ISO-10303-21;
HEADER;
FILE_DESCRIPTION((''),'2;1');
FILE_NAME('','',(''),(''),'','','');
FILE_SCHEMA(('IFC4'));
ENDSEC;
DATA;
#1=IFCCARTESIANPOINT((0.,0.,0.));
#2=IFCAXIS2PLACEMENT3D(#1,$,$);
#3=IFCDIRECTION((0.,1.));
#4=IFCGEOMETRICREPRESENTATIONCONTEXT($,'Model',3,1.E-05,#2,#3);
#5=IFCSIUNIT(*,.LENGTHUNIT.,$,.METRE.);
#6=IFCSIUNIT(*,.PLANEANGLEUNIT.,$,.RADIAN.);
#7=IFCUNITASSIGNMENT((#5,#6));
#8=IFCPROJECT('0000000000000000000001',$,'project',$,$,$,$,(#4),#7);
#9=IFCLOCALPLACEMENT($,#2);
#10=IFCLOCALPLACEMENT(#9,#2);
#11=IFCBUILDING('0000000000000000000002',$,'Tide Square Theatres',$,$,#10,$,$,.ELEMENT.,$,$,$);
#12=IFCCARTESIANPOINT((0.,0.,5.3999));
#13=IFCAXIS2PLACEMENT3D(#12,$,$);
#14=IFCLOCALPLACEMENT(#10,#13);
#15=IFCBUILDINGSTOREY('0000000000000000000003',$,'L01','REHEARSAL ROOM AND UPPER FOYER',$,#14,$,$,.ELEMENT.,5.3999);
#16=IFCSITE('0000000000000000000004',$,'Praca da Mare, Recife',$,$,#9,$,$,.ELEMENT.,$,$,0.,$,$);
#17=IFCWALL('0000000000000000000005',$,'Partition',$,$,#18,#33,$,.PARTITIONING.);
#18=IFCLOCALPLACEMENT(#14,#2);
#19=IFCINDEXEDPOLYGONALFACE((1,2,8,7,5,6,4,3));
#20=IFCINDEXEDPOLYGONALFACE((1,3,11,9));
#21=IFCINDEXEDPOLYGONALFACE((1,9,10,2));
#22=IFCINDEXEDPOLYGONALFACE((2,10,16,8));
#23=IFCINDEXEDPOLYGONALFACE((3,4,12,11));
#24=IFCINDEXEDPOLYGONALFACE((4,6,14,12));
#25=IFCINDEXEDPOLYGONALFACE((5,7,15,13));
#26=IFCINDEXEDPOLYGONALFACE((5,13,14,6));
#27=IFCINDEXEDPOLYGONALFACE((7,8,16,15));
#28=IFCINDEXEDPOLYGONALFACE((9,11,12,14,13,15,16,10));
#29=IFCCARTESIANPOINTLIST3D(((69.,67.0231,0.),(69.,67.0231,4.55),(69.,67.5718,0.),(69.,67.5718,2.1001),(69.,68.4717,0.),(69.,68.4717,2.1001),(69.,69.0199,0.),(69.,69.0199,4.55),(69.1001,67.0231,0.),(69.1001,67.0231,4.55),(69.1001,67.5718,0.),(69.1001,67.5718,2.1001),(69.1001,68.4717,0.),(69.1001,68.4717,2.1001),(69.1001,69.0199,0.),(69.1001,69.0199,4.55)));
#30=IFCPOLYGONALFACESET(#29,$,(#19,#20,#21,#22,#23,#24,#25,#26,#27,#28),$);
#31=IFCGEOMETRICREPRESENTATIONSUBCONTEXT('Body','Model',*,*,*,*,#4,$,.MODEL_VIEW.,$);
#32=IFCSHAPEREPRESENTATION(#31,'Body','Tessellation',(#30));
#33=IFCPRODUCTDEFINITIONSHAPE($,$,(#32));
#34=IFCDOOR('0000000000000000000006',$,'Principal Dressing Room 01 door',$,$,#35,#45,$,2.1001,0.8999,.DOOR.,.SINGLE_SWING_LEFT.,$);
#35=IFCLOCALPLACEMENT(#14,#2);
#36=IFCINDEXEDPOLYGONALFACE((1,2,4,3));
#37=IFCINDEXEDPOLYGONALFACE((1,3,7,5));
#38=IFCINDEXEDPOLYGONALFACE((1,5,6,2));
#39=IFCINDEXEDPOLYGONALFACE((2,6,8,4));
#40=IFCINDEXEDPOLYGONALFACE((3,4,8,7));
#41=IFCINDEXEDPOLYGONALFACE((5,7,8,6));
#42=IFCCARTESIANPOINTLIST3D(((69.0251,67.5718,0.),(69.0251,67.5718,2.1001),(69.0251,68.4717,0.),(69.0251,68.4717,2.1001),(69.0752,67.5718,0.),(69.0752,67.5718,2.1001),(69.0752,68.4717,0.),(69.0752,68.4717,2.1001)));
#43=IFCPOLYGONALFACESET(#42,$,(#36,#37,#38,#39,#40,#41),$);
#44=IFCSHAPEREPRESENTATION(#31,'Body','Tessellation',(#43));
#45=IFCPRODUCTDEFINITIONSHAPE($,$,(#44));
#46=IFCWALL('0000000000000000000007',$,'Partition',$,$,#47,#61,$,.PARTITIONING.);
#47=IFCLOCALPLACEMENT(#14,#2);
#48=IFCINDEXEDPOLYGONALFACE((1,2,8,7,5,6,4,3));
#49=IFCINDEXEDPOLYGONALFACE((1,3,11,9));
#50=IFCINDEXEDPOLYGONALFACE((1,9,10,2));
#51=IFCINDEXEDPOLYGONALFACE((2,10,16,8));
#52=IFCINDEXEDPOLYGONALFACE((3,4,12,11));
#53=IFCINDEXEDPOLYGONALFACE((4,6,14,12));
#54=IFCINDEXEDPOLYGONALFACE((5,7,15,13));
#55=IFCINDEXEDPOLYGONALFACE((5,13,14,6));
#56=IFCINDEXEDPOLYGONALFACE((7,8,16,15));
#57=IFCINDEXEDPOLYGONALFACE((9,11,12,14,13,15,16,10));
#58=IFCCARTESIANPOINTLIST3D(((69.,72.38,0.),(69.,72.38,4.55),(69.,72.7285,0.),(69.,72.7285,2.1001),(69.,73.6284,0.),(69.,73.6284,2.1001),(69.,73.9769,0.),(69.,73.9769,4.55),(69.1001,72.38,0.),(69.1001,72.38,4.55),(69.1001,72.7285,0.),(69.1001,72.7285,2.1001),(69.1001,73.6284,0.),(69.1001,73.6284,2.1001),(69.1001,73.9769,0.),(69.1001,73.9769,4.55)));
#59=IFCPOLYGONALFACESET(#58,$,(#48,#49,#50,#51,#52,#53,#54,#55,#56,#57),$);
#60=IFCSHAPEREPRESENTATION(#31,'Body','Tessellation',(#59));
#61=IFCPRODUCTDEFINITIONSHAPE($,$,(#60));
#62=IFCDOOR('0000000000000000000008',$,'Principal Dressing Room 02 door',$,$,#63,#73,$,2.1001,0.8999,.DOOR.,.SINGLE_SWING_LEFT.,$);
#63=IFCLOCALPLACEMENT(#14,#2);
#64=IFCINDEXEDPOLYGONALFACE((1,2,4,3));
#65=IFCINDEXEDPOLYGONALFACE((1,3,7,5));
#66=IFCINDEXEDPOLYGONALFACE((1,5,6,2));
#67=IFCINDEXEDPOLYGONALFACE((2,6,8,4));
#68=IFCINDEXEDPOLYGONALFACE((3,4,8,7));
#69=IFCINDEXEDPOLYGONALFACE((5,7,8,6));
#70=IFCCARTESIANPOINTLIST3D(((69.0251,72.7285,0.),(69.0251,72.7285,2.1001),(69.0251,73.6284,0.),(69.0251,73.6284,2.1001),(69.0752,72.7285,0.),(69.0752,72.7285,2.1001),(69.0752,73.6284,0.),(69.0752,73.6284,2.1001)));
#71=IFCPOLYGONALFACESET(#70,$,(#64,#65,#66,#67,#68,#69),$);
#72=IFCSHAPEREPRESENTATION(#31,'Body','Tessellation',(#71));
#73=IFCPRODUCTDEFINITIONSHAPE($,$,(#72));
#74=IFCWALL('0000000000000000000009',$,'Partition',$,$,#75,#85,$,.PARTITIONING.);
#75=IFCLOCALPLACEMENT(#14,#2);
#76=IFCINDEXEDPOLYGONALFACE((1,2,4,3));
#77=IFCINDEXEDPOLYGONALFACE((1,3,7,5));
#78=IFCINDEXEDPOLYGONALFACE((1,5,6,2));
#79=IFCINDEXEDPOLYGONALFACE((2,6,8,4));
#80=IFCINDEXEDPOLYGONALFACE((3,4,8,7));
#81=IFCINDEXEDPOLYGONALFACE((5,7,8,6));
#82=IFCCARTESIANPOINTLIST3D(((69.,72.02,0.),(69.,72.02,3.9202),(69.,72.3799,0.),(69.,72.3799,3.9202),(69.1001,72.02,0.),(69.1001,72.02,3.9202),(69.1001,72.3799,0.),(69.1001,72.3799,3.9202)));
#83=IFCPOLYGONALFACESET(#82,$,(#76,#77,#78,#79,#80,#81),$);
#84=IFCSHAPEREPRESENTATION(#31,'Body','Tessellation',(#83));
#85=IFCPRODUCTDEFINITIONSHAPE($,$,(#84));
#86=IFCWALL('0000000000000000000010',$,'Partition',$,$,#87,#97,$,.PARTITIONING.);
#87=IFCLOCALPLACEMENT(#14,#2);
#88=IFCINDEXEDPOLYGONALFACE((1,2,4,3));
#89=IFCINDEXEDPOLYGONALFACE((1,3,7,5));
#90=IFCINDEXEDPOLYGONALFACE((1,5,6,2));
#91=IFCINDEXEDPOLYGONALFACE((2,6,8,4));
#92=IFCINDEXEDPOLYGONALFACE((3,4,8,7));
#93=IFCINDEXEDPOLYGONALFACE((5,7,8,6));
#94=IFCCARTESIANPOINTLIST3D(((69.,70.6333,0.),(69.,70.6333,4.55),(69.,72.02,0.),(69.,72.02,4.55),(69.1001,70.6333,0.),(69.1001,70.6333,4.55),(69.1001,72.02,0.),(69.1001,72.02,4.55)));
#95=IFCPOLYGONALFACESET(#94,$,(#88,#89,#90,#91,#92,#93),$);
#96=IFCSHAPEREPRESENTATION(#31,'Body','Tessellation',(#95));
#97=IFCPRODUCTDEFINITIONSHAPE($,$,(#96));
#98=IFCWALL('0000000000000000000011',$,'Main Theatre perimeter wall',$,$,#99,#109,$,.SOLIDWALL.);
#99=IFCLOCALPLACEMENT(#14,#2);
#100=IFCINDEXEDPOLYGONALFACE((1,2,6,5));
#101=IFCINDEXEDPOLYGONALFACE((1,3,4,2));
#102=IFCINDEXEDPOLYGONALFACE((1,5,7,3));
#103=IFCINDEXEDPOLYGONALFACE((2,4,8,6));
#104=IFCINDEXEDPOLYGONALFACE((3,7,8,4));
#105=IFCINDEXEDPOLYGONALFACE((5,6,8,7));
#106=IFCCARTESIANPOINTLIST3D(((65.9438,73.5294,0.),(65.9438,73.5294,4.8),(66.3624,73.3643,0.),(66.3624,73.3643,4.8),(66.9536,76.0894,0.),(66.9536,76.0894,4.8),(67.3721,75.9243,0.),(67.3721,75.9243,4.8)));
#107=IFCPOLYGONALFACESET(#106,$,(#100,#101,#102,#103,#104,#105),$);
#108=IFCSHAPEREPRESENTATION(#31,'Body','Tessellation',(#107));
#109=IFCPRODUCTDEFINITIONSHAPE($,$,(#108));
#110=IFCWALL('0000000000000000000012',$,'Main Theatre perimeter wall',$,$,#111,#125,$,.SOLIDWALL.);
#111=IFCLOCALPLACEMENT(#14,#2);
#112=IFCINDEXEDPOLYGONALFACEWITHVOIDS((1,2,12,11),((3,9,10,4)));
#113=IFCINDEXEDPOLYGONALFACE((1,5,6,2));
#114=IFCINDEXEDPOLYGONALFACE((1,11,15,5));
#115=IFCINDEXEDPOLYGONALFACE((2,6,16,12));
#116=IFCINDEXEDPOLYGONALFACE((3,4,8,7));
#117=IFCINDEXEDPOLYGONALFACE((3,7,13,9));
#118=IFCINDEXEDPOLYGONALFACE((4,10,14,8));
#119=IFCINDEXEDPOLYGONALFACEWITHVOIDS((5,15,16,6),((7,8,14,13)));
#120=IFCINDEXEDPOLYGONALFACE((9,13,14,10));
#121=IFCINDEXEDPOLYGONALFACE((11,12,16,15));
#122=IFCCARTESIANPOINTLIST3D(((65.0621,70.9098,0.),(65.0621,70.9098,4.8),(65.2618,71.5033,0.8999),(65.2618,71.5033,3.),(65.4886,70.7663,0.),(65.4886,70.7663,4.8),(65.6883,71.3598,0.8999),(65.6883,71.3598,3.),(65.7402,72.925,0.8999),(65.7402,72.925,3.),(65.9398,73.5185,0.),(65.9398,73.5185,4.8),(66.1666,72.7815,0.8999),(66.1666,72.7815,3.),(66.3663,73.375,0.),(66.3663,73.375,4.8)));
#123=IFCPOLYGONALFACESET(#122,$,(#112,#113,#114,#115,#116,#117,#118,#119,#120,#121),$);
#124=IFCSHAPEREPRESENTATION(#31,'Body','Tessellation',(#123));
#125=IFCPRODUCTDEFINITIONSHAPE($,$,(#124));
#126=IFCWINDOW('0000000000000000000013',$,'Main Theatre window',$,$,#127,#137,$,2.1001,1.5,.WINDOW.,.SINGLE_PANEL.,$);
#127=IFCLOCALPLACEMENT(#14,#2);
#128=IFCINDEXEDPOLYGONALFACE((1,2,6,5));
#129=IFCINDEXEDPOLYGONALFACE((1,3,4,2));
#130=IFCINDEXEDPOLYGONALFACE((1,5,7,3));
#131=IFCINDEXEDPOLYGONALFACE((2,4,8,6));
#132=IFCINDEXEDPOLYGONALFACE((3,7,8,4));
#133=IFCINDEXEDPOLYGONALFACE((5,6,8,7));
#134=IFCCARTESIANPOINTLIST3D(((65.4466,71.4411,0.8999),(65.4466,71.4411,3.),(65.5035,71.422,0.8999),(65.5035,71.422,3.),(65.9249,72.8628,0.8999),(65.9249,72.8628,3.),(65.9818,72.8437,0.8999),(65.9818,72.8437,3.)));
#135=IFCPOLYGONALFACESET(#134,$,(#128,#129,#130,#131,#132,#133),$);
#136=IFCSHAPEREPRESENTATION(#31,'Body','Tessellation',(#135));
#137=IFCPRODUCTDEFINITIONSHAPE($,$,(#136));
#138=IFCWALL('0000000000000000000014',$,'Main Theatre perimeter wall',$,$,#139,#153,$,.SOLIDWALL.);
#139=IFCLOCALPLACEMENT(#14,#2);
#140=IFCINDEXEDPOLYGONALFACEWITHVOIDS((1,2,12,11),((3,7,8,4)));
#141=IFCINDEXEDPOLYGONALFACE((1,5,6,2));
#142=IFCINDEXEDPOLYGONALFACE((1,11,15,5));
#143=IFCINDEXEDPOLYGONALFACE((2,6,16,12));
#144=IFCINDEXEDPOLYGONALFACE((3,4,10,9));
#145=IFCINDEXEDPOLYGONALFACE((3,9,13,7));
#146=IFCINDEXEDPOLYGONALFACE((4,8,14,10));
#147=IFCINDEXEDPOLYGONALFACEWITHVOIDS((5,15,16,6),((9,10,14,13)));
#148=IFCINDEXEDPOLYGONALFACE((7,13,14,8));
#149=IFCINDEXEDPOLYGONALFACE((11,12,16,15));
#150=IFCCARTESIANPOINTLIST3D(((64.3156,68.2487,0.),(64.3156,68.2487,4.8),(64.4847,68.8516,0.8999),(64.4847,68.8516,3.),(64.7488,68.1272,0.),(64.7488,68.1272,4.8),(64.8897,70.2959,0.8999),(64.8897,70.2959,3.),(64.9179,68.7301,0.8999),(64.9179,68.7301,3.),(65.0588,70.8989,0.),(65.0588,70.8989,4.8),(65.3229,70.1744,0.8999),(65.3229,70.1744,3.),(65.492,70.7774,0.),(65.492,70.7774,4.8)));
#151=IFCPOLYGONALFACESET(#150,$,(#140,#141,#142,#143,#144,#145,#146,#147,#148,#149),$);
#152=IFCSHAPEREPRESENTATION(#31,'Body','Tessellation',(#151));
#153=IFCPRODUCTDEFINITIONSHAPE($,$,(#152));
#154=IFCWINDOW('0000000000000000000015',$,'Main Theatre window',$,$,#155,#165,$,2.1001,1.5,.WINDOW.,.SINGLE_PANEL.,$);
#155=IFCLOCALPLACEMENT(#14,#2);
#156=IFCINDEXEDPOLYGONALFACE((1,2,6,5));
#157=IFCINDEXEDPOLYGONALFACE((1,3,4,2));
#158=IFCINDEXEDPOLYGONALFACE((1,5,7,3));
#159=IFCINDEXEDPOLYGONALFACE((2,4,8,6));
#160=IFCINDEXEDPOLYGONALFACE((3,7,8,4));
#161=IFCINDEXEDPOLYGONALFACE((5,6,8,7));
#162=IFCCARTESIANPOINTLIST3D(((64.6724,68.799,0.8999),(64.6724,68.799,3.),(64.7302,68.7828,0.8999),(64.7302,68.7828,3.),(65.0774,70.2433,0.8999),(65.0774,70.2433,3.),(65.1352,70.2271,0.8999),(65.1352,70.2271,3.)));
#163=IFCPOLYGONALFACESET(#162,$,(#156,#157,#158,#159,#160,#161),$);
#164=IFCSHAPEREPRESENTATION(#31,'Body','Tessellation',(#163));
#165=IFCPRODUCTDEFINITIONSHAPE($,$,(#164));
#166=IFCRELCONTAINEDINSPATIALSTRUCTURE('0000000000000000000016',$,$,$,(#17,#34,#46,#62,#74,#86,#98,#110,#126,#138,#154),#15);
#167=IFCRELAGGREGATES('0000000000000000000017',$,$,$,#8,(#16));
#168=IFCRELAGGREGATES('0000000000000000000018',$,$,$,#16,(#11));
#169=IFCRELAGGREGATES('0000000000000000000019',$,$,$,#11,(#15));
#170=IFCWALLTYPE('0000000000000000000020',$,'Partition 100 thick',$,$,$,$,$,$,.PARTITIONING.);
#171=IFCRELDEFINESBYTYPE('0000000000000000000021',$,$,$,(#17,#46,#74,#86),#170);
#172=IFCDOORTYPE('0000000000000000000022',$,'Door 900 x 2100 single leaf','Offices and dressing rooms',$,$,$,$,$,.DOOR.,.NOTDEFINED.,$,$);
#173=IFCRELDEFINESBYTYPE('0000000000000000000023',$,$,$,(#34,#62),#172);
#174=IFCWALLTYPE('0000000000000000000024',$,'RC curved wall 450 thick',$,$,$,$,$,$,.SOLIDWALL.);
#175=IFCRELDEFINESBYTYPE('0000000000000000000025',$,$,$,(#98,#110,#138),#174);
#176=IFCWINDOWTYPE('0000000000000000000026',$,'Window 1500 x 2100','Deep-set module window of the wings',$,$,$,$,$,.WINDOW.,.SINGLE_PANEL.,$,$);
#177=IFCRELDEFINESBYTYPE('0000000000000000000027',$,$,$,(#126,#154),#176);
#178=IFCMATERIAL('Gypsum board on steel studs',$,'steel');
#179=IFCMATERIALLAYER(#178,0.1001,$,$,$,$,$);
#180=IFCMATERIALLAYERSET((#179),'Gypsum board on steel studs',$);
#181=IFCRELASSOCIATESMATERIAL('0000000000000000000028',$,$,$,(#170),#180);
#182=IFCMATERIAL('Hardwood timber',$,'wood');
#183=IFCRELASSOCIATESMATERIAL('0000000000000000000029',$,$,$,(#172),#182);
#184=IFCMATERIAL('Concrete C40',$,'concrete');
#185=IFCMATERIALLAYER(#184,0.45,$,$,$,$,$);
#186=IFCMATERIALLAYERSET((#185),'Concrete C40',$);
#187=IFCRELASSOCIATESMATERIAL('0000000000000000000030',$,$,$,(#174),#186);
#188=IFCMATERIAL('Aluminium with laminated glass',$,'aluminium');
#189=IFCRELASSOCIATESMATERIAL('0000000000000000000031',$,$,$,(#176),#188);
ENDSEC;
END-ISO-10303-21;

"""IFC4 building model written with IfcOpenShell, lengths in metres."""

from ifc_helpers import new_model, si_unit, direction, frame, frame_2d, origin, place, context, subcontext, project, spatial, rectangle, extrude, material, layer, layer_set, type_object, element, fill, save


model = new_model("IFC4")

# Units and contexts
model_context = context("Model", 3, precision=1e-05, world=origin(), true_north=direction((0.0, 1.0)))
body_context = subcontext(model_context, "Body", "Model", "MODEL_VIEW")
ifc_project = project(units=[si_unit("LENGTHUNIT", "METRE"), si_unit("PLANEANGLEUNIT", "RADIAN")], contexts=[model_context])

# Site, building, storey
site_placement = place(None, origin())
site = spatial("IfcSite", under=ifc_project, at=site_placement, Name="Praca da Mare, Recife", CompositionType="ELEMENT", RefElevation=0.0)
building_placement = place(site_placement, origin())
building = spatial("IfcBuilding", under=site, at=building_placement, Name="Tide Square Theatres", CompositionType="ELEMENT")
storey_placement = place(building_placement, frame((0.0, 0.0, 5.3999)))
storey = spatial("IfcBuildingStorey", under=building, at=storey_placement, Name="L01", Description="REHEARSAL ROOM AND UPPER FOYER", CompositionType="ELEMENT", Elevation=5.3999)

# Shared definitions
ifc_material_1 = material(Name="Gypsum board on steel studs", Category="steel")
ifc_layer_1 = layer(ifc_material_1, 0.1001)
ifc_layer_set_1 = layer_set([ifc_layer_1], Name="Gypsum board on steel studs")
wall_type_1 = type_object("IfcWallType", Name="Partition 100 thick", PredefinedType="PARTITIONING", material=ifc_layer_set_1)

# Shared definitions
ifc_material_2 = material(Name="Hardwood timber", Category="wood")
door_type = type_object("IfcDoorType", Name="Door 900 x 2100 single leaf", Description="Offices and dressing rooms", OperationType="NOTDEFINED", PredefinedType="DOOR", material=ifc_material_2)

# Walls, openings, doors
wall_1_placement = place(storey_placement, frame((69.05, 69.02, 0.0), z_axis=(0.0, 0.0, 1.0), x_axis=(0.0, -1.0, 0.0)))
wall_1 = element("IfcWall", 1, at=wall_1_placement, inside=storey, type_object=wall_type_1, Name="Partition", PredefinedType="PARTITIONING", context=body_context, shape_type="SweptSolid", body=[
    extrude(rectangle(XDim=1.9968, YDim=0.1001, at=frame_2d((0.9985, 0.0))), origin(), (0.0, 0.0, 1.0), 4.55),
])
opening_1_placement = place(wall_1_placement, frame((0.5483, 0.0, 0.0)))
opening_1 = element("IfcOpeningElement", 2, at=opening_1_placement, cuts=wall_1, PredefinedType="OPENING", context=body_context, shape_type="SweptSolid", body=[
    extrude(rectangle(XDim=0.8999, YDim=2.1001, at=frame_2d((0.45, 1.05))), frame((0.0, 0.0601, 0.0), z_axis=(0.0, -1.0, 0.0), x_axis=(1.0, 0.0, 0.0)), (0.0, 0.0, 1.0), 0.1201),
])
door_1_placement = place(opening_1_placement, frame((0.8999, 0.0, 0.0), z_axis=(0.0, 0.0, 1.0), x_axis=(-1.0, 0.0, 0.0)))
door_1 = element("IfcDoor", 3, at=door_1_placement, inside=storey, type_object=door_type, Name="Principal Dressing Room 01 door", OperationType="SINGLE_SWING_LEFT", OverallHeight=2.1001, OverallWidth=0.8999, PredefinedType="DOOR", context=body_context, shape_type="SweptSolid", body=[
    extrude(rectangle(XDim=0.8999, YDim=2.1001, at=frame_2d((0.45, 1.05))), frame((0.0, 0.0249, 0.0), z_axis=(0.0, -1.0, 0.0), x_axis=(1.0, 0.0, 0.0)), (0.0, 0.0, 1.0), 0.05),
])
fill(opening_1, door_1)
wall_2_placement = place(storey_placement, frame((69.05, 73.9768, 0.0), z_axis=(0.0, 0.0, 1.0), x_axis=(0.0, -1.0, 0.0)))
wall_2 = element("IfcWall", 4, at=wall_2_placement, inside=storey, type_object=wall_type_1, Name="Partition", PredefinedType="PARTITIONING", context=body_context, shape_type="SweptSolid", body=[
    extrude(rectangle(XDim=1.5969, YDim=0.1001, at=frame_2d((0.7983, 0.0))), origin(), (0.0, 0.0, 1.0), 4.55),
])
opening_2_placement = place(wall_2_placement, frame((0.3484, 0.0, 0.0)))
opening_2 = element("IfcOpeningElement", 5, at=opening_2_placement, cuts=wall_2, PredefinedType="OPENING", context=body_context, shape_type="SweptSolid", body=[
    extrude(rectangle(XDim=0.8999, YDim=2.1001, at=frame_2d((0.45, 1.05))), frame((0.0, 0.0601, 0.0), z_axis=(0.0, -1.0, 0.0), x_axis=(1.0, 0.0, 0.0)), (0.0, 0.0, 1.0), 0.1201),
])
door_2_placement = place(opening_2_placement, frame((0.8999, 0.0, 0.0), z_axis=(0.0, 0.0, 1.0), x_axis=(-1.0, 0.0, 0.0)))
door_2 = element("IfcDoor", 6, at=door_2_placement, inside=storey, type_object=door_type, Name="Principal Dressing Room 02 door", OperationType="SINGLE_SWING_LEFT", OverallHeight=2.1001, OverallWidth=0.8999, PredefinedType="DOOR", context=body_context, shape_type="SweptSolid", body=[
    extrude(rectangle(XDim=0.8999, YDim=2.1001, at=frame_2d((0.45, 1.05))), frame((0.0, 0.0249, 0.0), z_axis=(0.0, -1.0, 0.0), x_axis=(1.0, 0.0, 0.0)), (0.0, 0.0, 1.0), 0.05),
])
fill(opening_2, door_2)

# Walls
wall_3_placement = place(storey_placement, frame((69.05, 72.3799, 0.0), z_axis=(0.0, 0.0, 1.0), x_axis=(0.0, -1.0, 0.0)))
element("IfcWall", 7, at=wall_3_placement, inside=storey, type_object=wall_type_1, Name="Partition", PredefinedType="PARTITIONING", context=body_context, shape_type="SweptSolid", body=[
    extrude(rectangle(XDim=0.3599, YDim=0.1001, at=frame_2d((0.1799, 0.0))), origin(), (0.0, 0.0, 1.0), 3.9202),
])
wall_4_placement = place(storey_placement, frame((69.05, 72.02, 0.0), z_axis=(0.0, 0.0, 1.0), x_axis=(0.0, -1.0, 0.0)))
element("IfcWall", 8, at=wall_4_placement, inside=storey, type_object=wall_type_1, Name="Partition", PredefinedType="PARTITIONING", context=body_context, shape_type="SweptSolid", body=[
    extrude(rectangle(XDim=1.3867, YDim=0.1001, at=frame_2d((0.6934, 0.0))), origin(), (0.0, 0.0, 1.0), 4.55),
])
ifc_material_3 = material(Name="Concrete C40", Category="concrete")
ifc_layer_2 = layer(ifc_material_3, 0.45)
ifc_layer_set_2 = layer_set([ifc_layer_2], Name="Concrete C40")
wall_type_2 = type_object("IfcWallType", Name="RC curved wall 450 thick", PredefinedType="SOLIDWALL", material=ifc_layer_set_2)
wall_5_placement = place(storey_placement, frame((67.1628, 76.0068, 0.0), z_axis=(0.0, 0.0, 1.0), x_axis=(-0.36692, -0.930252, 0.0)))
element("IfcWall", 9, at=wall_5_placement, inside=storey, type_object=wall_type_2, Name="Main Theatre perimeter wall", PredefinedType="SOLIDWALL", context=body_context, shape_type="SweptSolid", body=[
    extrude(rectangle(XDim=2.752, YDim=0.45, at=frame_2d((1.376, 0.0))), origin(), (0.0, 0.0, 1.0), 4.8),
])

# Walls, openings, windows
wall_6_placement = place(storey_placement, frame((66.1531, 73.4468, 0.0), z_axis=(0.0, 0.0, 1.0), x_axis=(-0.318888, -0.947793, 0.0)))
wall_6 = element("IfcWall", 10, at=wall_6_placement, inside=storey, type_object=wall_type_2, Name="Main Theatre perimeter wall", PredefinedType="SOLIDWALL", context=body_context, shape_type="SweptSolid", body=[
    extrude(rectangle(XDim=2.7524, YDim=0.45, at=frame_2d((1.3762, 0.0))), origin(), (0.0, 0.0, 1.0), 4.8),
])
opening_3_placement = place(wall_6_placement, frame((0.6262, 0.0, 0.8999)))
opening_3 = element("IfcOpeningElement", 11, at=opening_3_placement, cuts=wall_6, PredefinedType="OPENING", context=body_context, shape_type="SweptSolid", body=[
    extrude(rectangle(XDim=1.5, YDim=2.1001, at=frame_2d((0.75, 1.05))), frame((0.0, 0.2349, 0.0), z_axis=(0.0, -1.0, 0.0), x_axis=(1.0, 0.0, 0.0)), (0.0, 0.0, 1.0), 0.47),
])
ifc_material_4 = material(Name="Aluminium with laminated glass", Category="aluminium")
window_type = type_object("IfcWindowType", Name="Window 1500 x 2100", Description="Deep-set module window of the wings", PartitioningType="SINGLE_PANEL", PredefinedType="WINDOW", material=ifc_material_4)
window_1_placement = place(opening_3_placement, origin())
window_1 = element("IfcWindow", 12, at=window_1_placement, inside=storey, type_object=window_type, Name="Main Theatre window", OverallHeight=2.1001, OverallWidth=1.5, PartitioningType="SINGLE_PANEL", PredefinedType="WINDOW", context=body_context, shape_type="SweptSolid", body=[
    extrude(rectangle(XDim=1.5, YDim=2.1001, at=frame_2d((0.75, 1.05))), frame((0.0, 0.03, 0.0), z_axis=(0.0, -1.0, 0.0), x_axis=(1.0, 0.0, 0.0)), (0.0, 0.0, 1.0), 0.0601),
])
fill(opening_3, window_1)
wall_7_placement = place(storey_placement, frame((65.2754, 70.8381, 0.0), z_axis=(0.0, 0.0, 1.0), x_axis=(-0.270008, -0.962858, 0.0)))
wall_7 = element("IfcWall", 13, at=wall_7_placement, inside=storey, type_object=wall_type_2, Name="Main Theatre perimeter wall", PredefinedType="SOLIDWALL", context=body_context, shape_type="SweptSolid", body=[
    extrude(rectangle(XDim=2.7524, YDim=0.45, at=frame_2d((1.3762, 0.0))), origin(), (0.0, 0.0, 1.0), 4.8),
])
opening_4_placement = place(wall_7_placement, frame((0.6262, 0.0, 0.8999)))
opening_4 = element("IfcOpeningElement", 14, at=opening_4_placement, cuts=wall_7, PredefinedType="OPENING", context=body_context, shape_type="SweptSolid", body=[
    extrude(rectangle(XDim=1.5, YDim=2.1001, at=frame_2d((0.75, 1.05))), frame((0.0, 0.2349, 0.0), z_axis=(0.0, -1.0, 0.0), x_axis=(1.0, 0.0, 0.0)), (0.0, 0.0, 1.0), 0.47),
])
window_2_placement = place(opening_4_placement, origin())
window_2 = element("IfcWindow", 15, at=window_2_placement, inside=storey, type_object=window_type, Name="Main Theatre window", OverallHeight=2.1001, OverallWidth=1.5, PartitioningType="SINGLE_PANEL", PredefinedType="WINDOW", context=body_context, shape_type="SweptSolid", body=[
    extrude(rectangle(XDim=1.5, YDim=2.1001, at=frame_2d((0.75, 1.05))), frame((0.0, 0.03, 0.0), z_axis=(0.0, -1.0, 0.0), x_axis=(1.0, 0.0, 0.0)), (0.0, 0.0, 1.0), 0.0601),
])
fill(opening_4, window_2)

save(model, "model.ifc")
